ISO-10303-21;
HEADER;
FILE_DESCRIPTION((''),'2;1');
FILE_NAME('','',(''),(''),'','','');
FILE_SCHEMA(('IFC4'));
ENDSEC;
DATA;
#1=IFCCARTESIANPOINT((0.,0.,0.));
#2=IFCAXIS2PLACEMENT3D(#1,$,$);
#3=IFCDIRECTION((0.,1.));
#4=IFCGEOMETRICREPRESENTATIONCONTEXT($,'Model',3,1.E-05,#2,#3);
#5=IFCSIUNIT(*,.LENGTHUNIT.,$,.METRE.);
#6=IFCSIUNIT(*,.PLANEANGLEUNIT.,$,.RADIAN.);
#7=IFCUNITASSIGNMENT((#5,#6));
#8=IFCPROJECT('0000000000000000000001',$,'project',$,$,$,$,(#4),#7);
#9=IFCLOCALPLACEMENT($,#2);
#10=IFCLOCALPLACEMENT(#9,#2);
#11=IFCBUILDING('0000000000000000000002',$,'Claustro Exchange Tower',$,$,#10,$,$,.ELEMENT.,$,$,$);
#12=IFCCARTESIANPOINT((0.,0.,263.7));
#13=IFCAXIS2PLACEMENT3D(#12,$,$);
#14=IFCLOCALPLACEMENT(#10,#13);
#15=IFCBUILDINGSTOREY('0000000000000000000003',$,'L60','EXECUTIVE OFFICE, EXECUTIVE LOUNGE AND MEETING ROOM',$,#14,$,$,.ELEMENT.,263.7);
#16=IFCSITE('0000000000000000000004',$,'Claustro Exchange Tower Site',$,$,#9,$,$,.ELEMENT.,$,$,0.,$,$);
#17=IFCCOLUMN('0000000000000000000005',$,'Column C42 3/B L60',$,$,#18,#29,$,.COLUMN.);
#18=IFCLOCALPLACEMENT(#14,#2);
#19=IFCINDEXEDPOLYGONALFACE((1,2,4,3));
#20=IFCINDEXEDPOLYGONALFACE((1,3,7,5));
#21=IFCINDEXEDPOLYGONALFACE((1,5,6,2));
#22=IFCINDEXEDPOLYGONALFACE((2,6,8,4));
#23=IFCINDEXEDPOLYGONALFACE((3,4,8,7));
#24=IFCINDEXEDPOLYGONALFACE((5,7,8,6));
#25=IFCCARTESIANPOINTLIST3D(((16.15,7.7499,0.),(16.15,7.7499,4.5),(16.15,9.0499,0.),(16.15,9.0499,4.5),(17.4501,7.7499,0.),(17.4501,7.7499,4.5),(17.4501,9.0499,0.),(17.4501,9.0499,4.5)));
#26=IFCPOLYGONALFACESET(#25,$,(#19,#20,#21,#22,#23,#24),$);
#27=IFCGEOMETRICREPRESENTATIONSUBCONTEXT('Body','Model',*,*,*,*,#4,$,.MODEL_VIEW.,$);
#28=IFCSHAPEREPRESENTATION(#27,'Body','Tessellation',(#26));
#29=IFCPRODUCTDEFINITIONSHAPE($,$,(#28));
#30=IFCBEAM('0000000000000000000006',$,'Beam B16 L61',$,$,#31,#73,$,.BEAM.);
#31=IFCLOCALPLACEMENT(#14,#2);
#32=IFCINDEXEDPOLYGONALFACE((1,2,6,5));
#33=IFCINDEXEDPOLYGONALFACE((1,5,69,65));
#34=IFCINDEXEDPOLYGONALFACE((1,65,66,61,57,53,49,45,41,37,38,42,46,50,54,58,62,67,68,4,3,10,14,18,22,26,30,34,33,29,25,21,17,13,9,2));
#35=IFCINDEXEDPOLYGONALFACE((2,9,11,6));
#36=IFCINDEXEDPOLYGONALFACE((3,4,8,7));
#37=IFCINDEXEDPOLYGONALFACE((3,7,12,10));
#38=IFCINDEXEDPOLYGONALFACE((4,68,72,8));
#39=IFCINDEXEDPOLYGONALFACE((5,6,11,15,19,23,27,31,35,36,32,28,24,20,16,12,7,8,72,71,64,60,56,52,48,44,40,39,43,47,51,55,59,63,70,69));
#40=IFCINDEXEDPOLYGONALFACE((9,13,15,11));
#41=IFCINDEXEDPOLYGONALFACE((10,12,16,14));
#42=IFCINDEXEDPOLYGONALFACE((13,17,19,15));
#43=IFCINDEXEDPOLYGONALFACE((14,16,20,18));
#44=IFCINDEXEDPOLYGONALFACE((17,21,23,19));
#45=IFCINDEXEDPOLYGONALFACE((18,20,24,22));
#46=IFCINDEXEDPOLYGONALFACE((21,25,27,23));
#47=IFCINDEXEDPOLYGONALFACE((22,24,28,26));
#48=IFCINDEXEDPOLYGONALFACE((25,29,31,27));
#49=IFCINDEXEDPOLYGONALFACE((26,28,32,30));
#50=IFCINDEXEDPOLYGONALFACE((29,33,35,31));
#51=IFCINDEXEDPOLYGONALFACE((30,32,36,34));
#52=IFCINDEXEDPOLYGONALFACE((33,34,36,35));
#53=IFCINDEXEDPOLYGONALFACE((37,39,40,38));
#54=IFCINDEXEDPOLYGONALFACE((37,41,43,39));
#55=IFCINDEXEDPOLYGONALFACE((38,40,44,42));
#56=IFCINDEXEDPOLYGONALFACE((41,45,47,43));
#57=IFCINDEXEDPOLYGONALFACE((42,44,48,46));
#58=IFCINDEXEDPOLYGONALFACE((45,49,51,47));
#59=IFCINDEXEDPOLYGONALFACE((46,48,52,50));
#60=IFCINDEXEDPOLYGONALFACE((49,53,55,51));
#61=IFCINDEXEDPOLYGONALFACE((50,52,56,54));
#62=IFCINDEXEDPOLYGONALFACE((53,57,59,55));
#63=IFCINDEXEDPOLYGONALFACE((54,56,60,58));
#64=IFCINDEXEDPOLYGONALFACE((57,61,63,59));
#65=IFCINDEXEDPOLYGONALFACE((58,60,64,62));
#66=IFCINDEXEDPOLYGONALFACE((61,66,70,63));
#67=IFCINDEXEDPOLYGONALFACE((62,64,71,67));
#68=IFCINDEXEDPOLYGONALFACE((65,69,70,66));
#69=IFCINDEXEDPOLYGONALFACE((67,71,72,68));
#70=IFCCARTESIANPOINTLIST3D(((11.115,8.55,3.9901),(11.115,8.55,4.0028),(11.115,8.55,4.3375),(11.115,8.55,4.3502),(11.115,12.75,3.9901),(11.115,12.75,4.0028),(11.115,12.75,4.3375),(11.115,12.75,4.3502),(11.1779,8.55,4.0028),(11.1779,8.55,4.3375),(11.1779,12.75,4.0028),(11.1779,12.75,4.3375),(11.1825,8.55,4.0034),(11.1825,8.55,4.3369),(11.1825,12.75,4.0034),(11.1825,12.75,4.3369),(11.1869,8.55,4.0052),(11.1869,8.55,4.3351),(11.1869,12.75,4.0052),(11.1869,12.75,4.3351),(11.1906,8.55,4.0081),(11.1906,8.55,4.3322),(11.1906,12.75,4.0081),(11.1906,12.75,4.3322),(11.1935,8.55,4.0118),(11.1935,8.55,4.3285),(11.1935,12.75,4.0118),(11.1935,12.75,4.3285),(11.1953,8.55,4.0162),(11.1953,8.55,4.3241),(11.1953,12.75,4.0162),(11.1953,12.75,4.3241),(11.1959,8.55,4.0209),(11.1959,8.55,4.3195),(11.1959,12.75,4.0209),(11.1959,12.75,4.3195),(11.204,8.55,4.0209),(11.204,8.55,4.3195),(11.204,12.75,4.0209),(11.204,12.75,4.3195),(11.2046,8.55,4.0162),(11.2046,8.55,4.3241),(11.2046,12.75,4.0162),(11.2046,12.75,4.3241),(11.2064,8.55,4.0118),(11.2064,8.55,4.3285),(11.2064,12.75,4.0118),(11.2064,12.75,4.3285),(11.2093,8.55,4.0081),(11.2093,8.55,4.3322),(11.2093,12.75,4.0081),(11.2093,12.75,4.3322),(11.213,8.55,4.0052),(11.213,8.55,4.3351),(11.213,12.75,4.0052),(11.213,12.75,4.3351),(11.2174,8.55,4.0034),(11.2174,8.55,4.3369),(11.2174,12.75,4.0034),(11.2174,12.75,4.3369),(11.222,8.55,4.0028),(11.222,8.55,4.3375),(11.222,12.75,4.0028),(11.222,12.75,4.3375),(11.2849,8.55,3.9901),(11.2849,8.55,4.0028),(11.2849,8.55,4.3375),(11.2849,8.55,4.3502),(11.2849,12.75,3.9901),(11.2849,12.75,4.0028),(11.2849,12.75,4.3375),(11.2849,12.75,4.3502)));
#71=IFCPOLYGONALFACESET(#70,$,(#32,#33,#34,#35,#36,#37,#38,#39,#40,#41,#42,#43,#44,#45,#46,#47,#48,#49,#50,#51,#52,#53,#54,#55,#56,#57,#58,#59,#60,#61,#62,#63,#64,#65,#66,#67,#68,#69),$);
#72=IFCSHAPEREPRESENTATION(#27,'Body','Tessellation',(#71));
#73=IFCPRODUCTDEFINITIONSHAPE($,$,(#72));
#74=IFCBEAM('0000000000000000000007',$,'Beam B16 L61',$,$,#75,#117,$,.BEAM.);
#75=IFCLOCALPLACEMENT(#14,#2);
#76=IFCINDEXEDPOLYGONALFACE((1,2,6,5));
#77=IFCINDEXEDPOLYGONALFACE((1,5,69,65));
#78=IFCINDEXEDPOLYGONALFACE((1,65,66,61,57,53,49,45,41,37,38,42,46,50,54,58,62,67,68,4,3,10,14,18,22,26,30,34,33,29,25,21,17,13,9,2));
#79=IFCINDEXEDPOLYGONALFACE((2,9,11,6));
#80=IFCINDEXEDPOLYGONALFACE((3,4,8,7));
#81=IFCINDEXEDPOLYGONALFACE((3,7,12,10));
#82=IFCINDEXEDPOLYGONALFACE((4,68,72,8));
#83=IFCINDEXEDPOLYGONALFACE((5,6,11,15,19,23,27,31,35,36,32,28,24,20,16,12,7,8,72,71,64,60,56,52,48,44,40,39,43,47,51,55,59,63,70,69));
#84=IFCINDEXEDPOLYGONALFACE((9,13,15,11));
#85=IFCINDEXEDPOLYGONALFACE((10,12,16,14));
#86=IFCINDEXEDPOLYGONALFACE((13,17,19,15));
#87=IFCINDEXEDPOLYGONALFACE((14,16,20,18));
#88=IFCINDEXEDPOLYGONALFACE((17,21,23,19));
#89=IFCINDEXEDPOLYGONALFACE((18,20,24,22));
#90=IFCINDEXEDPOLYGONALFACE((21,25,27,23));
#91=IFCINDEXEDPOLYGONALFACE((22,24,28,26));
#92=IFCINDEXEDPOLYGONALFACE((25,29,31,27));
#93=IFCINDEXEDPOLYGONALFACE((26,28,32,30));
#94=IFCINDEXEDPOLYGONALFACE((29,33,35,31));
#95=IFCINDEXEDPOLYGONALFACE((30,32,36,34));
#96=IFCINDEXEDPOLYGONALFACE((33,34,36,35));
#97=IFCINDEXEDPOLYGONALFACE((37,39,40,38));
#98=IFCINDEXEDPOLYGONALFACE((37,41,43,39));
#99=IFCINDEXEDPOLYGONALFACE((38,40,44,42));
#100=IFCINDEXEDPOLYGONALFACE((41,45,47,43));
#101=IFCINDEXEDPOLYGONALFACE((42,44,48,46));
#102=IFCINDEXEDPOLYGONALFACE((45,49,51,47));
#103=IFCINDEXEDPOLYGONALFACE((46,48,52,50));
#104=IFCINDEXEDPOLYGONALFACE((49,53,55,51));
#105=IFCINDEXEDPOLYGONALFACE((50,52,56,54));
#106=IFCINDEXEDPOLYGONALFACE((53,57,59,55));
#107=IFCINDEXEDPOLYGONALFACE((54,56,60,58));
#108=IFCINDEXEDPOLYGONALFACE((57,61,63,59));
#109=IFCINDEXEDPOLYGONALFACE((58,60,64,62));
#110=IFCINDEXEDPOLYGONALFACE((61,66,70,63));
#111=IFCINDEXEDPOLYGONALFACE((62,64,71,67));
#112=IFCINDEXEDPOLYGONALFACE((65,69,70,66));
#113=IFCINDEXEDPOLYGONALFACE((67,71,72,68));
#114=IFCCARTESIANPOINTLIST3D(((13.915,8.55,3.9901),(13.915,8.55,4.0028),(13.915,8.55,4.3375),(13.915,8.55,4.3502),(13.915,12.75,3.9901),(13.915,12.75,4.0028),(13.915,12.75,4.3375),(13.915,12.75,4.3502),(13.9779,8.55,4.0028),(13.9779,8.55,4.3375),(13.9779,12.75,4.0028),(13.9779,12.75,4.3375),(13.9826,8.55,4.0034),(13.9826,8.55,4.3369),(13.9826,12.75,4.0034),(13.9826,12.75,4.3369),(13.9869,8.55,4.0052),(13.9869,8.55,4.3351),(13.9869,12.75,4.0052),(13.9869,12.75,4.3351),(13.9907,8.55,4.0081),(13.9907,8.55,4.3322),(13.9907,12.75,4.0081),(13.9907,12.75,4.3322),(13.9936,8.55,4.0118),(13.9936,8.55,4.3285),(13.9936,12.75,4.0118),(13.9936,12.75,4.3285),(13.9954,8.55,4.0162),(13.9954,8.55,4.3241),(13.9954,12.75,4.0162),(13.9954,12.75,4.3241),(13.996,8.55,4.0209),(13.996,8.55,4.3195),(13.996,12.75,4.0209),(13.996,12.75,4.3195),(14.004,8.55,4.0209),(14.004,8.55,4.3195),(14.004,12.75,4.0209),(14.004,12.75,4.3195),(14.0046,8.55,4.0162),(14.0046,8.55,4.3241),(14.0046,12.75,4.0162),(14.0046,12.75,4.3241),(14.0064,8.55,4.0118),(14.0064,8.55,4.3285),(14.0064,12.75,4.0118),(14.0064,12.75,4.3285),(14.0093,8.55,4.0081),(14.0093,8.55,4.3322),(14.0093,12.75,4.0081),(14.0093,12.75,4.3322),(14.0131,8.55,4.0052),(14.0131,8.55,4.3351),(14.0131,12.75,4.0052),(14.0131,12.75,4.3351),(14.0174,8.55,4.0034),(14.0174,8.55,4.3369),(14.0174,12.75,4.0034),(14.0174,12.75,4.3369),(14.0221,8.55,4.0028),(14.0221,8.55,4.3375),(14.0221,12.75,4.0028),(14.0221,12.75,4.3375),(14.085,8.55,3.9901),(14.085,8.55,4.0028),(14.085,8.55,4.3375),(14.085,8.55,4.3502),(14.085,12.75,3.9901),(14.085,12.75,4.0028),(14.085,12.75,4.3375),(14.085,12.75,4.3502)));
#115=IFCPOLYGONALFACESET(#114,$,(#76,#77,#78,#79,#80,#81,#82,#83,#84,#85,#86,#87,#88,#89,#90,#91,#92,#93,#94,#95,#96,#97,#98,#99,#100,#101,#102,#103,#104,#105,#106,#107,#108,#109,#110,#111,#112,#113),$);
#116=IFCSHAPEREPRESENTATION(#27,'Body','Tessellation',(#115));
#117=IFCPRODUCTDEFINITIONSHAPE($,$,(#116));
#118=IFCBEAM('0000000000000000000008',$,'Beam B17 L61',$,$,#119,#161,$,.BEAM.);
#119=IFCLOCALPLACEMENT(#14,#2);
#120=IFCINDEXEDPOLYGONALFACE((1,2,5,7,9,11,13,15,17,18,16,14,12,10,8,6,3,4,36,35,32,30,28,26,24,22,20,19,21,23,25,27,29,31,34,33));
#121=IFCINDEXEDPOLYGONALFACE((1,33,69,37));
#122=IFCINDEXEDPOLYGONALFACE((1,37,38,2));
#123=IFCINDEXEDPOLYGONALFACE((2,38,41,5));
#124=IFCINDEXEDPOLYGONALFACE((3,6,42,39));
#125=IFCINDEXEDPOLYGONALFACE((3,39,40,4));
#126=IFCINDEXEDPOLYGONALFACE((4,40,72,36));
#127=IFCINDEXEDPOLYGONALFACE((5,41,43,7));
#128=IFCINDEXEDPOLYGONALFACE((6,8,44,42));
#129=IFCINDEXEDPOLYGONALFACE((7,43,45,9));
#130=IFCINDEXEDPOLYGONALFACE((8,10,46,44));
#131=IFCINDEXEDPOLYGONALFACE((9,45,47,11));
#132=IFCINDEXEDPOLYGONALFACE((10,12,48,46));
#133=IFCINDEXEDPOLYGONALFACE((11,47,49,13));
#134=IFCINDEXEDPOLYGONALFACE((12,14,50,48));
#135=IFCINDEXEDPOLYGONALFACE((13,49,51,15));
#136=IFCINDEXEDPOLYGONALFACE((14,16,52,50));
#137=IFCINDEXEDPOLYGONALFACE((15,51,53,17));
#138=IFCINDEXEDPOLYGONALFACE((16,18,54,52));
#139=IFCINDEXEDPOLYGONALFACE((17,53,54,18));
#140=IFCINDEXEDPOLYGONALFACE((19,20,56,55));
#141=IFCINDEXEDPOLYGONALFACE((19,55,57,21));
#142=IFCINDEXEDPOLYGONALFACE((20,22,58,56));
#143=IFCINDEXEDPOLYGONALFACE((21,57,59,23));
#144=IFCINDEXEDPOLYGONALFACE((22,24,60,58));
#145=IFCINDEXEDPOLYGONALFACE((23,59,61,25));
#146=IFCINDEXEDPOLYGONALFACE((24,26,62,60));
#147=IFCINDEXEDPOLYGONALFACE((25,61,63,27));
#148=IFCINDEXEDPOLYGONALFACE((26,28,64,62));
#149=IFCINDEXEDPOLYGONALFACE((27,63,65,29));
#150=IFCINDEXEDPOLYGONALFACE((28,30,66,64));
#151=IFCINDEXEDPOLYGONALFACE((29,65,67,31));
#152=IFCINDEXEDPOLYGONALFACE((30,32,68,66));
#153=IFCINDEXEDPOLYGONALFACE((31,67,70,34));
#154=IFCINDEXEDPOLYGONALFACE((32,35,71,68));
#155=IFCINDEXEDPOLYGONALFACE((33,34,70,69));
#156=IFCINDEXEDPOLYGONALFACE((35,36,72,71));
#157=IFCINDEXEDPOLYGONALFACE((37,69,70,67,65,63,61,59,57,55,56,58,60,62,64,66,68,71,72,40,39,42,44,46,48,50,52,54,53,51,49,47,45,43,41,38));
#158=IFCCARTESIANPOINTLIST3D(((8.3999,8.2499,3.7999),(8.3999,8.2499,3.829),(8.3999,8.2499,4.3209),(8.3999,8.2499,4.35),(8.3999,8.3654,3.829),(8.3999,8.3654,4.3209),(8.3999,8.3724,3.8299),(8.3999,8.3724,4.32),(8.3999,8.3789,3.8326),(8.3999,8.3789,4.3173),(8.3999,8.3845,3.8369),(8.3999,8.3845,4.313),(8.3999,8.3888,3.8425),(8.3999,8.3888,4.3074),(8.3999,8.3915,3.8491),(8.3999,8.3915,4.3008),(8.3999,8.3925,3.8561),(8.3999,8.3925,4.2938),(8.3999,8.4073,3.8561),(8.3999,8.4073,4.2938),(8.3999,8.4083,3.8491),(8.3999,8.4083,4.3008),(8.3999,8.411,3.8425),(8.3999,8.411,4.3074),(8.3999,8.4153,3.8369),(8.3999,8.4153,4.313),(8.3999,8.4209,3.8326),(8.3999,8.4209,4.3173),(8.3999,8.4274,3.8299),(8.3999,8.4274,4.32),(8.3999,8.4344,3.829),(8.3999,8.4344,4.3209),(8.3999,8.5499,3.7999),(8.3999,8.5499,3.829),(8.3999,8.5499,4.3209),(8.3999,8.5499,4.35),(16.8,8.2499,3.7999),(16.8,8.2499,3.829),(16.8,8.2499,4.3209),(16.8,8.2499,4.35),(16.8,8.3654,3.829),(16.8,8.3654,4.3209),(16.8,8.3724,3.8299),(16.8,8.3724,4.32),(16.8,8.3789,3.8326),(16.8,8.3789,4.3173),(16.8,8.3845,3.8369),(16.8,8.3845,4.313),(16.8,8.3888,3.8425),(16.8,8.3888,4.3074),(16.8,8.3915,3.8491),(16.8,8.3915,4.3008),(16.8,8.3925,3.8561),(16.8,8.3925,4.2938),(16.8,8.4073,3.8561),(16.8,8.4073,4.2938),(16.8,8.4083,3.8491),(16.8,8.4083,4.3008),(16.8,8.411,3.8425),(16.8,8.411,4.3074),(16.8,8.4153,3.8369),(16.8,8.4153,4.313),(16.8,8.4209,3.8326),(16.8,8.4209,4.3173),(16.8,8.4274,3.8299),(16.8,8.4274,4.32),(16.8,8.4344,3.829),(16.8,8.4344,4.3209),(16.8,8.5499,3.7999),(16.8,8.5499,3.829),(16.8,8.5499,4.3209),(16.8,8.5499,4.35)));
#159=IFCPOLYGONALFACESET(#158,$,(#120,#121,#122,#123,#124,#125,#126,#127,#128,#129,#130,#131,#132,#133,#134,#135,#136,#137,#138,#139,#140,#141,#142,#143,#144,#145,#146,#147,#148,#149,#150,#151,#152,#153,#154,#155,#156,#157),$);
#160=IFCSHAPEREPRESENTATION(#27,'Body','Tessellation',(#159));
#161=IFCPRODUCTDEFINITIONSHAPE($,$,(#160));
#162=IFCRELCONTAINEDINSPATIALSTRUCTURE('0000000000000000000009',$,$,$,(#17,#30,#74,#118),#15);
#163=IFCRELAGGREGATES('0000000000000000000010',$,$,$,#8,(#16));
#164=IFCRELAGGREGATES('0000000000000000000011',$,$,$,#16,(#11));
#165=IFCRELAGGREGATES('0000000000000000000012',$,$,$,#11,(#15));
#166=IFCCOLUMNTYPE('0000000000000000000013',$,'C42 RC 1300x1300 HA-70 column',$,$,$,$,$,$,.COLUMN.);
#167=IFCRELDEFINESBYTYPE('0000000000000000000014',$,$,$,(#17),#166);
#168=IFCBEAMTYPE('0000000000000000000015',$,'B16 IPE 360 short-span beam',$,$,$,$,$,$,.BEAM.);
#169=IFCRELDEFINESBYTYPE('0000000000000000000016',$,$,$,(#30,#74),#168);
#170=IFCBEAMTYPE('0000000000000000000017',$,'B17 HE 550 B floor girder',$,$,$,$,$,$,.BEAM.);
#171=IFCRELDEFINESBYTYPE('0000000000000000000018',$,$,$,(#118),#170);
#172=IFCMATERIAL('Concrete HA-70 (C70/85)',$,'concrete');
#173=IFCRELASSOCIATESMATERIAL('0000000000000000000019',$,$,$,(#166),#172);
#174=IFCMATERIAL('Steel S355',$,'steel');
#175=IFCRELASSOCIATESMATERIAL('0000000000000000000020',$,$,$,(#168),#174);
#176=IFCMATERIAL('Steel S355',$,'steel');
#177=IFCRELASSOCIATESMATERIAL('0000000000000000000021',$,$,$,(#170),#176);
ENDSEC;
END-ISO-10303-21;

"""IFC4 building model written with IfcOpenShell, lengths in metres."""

from ifc_helpers import new_model, si_unit, direction, frame, origin, origin_2d, place, context, subcontext, project, spatial, rectangle, i_section, extrude, material, material_profile, profile_set, type_object, element, save


model = new_model("IFC4")

# Units and contexts
model_context = context("Model", 3, precision=1e-05, world=origin(), true_north=direction((0.0, 1.0)))
body_context = subcontext(model_context, "Body", "Model", "MODEL_VIEW")
ifc_project = project(units=[si_unit("LENGTHUNIT", "METRE"), si_unit("PLANEANGLEUNIT", "RADIAN")], contexts=[model_context])

# Site, building, storey
site_placement = place(None, origin())
site = spatial("IfcSite", under=ifc_project, at=site_placement, Name="Claustro Exchange Tower Site", CompositionType="ELEMENT", RefElevation=0.0)
building_placement = place(site_placement, origin())
building = spatial("IfcBuilding", under=site, at=building_placement, Name="Claustro Exchange Tower", CompositionType="ELEMENT")
storey_placement = place(building_placement, frame((0.0, 0.0, 263.7)))
storey = spatial("IfcBuildingStorey", under=building, at=storey_placement, Name="L60", Description="EXECUTIVE OFFICE, EXECUTIVE LOUNGE AND MEETING ROOM", CompositionType="ELEMENT", Elevation=263.7)

# Column
ifc_material_1 = material(Name="Concrete HA-70 (C70/85)", Category="concrete")
ifc_material_profile_1 = material_profile(ifc_material_1, rectangle(XDim=1.3, YDim=1.3, at=origin_2d()), Name="RC 1300x1300")
ifc_profile_set_1 = profile_set([ifc_material_profile_1], Name="Concrete HA-70 (C70/85)")
column_type = type_object("IfcColumnType", Name="C42 RC 1300x1300 HA-70 column", PredefinedType="COLUMN", material=ifc_profile_set_1)
column_placement = place(storey_placement, frame((16.8, 8.3999, 0.0), z_axis=(0.0, 0.0, 1.0), x_axis=(1.0, 0.0, 0.0)))
element("IfcColumn", 1, at=column_placement, inside=storey, type_object=column_type, Name="Column C42 3/B L60", PredefinedType="COLUMN", context=body_context, shape_type="SweptSolid", body=[
    extrude(rectangle(XDim=1.3, YDim=1.3, at=origin_2d()), origin(), (0.0, 0.0, 1.0), 4.5),
])

# Beams
ifc_material_2 = material(Name="Steel S355", Category="steel")
ifc_material_profile_2 = material_profile(ifc_material_2, i_section(OverallWidth=0.1699, OverallDepth=0.3601, WebThickness=0.0081, FlangeThickness=0.0127, FilletRadius=0.0181, at=origin_2d()), Name="IPE 360")
ifc_profile_set_2 = profile_set([ifc_material_profile_2], Name="Steel S355")
beam_type_1 = type_object("IfcBeamType", Name="B16 IPE 360 short-span beam", PredefinedType="BEAM", material=ifc_profile_set_2)
for number, where, z_axis, x_axis, name in (
    (2, (11.2, 8.55, 4.1702), (0.0, 1.0, 0.0), (-1.0, 0.0, 0.0), "Beam B16 L61"),
    (3, (14.0, 8.55, 4.1702), (0.0, 1.0, 0.0), (-1.0, 0.0, 0.0), "Beam B16 L61"),
):
    element("IfcBeam", number, at=place(storey_placement, frame(where, z_axis=z_axis, x_axis=x_axis)), inside=storey, type_object=beam_type_1, Name=name, PredefinedType="BEAM", context=body_context, shape_type="SweptSolid", body=[
        extrude(i_section(OverallWidth=0.1699, OverallDepth=0.3601, WebThickness=0.0081, FlangeThickness=0.0127, FilletRadius=0.0181, at=origin_2d()), origin(), (0.0, 0.0, 1.0), 4.2),
    ])
ifc_material_3 = material(Name="Steel S355", Category="steel")
ifc_material_profile_3 = material_profile(ifc_material_3, i_section(OverallWidth=0.3, OverallDepth=0.55, WebThickness=0.0149, FlangeThickness=0.0291, FilletRadius=0.0271, at=origin_2d()), Name="HE 550 B")
ifc_profile_set_3 = profile_set([ifc_material_profile_3], Name="Steel S355")
beam_type_2 = type_object("IfcBeamType", Name="B17 HE 550 B floor girder", PredefinedType="BEAM", material=ifc_profile_set_3)
beam_1_placement = place(storey_placement, frame((8.3999, 8.3999, 4.075), z_axis=(1.0, 0.0, 0.0), x_axis=(0.0, 1.0, 0.0)))
element("IfcBeam", 4, at=beam_1_placement, inside=storey, type_object=beam_type_2, Name="Beam B17 L61", PredefinedType="BEAM", context=body_context, shape_type="SweptSolid", body=[
    extrude(i_section(OverallWidth=0.3, OverallDepth=0.55, WebThickness=0.0149, FlangeThickness=0.0291, FilletRadius=0.0271, at=origin_2d()), origin(), (0.0, 0.0, 1.0), 8.4001),
])

save(model, "model.ifc")
